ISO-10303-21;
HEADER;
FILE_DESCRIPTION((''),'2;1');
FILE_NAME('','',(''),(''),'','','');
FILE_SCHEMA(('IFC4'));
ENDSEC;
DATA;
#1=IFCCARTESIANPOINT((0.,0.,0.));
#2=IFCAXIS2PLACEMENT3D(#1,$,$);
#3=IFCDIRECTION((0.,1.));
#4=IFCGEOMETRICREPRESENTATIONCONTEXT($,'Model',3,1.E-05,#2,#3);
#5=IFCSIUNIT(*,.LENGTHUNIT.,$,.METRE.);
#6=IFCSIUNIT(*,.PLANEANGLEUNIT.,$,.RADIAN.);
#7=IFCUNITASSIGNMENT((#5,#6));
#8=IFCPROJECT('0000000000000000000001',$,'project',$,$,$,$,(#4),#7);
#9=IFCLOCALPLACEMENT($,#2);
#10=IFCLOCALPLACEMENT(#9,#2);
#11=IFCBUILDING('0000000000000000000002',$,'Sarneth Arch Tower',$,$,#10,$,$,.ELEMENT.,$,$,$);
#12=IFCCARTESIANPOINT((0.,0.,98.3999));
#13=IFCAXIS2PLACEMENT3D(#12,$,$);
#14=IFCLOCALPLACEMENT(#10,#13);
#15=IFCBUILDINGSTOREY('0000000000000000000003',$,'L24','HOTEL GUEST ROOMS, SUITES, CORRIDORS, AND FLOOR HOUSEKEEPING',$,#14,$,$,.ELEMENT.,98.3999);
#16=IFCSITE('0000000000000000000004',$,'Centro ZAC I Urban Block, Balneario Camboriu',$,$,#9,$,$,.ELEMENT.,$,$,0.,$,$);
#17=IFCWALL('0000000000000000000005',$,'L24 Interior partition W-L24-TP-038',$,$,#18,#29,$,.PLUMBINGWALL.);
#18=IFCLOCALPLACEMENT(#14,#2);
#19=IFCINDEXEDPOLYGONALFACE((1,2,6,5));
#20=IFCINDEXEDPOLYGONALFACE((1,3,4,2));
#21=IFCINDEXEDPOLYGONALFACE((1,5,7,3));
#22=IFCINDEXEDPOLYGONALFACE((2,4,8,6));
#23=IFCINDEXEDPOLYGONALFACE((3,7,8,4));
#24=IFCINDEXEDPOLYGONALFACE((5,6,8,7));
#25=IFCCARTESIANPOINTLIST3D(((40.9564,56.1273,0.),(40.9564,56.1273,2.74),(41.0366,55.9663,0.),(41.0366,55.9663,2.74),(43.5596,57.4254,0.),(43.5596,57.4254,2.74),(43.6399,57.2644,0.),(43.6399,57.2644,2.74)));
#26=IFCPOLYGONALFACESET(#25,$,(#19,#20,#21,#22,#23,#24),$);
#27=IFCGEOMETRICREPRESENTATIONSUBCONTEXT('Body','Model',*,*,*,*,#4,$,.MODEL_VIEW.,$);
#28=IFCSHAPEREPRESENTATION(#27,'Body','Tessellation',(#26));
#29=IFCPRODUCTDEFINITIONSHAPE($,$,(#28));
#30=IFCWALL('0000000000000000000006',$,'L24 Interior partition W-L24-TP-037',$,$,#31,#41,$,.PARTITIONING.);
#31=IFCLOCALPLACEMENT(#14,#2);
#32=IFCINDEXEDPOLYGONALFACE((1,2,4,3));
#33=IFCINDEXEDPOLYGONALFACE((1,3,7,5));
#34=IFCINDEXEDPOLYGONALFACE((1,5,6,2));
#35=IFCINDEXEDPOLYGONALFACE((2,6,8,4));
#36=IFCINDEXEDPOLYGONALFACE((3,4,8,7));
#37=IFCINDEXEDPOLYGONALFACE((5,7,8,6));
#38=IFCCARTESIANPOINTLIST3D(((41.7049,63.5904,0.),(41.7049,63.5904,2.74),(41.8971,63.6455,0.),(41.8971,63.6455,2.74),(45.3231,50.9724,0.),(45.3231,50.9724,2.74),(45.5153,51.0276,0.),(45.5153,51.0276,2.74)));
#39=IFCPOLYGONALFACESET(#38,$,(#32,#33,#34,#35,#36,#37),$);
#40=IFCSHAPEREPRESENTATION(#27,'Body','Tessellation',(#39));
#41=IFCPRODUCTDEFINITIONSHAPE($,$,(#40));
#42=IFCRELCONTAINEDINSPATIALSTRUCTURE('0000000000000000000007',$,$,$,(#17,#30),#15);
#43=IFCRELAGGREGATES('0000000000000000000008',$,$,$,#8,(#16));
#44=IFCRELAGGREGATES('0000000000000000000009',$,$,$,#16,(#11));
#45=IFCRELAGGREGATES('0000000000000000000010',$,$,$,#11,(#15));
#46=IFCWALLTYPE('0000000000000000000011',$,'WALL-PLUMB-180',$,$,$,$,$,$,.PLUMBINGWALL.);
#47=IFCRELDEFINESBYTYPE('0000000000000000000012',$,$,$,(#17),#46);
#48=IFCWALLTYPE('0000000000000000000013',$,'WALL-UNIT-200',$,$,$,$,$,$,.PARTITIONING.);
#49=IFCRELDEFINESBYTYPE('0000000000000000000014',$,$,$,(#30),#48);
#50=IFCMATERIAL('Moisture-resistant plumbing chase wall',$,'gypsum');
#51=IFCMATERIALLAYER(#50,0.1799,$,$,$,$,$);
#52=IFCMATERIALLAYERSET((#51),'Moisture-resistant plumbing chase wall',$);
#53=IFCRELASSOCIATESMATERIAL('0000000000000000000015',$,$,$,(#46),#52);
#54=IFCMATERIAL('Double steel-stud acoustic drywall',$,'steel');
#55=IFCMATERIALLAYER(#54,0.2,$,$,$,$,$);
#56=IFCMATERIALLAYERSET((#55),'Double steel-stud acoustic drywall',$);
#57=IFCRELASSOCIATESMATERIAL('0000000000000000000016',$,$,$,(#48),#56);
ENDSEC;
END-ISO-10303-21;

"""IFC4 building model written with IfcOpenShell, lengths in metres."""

from ifc_helpers import new_model, si_unit, direction, frame, frame_2d, origin, place, context, subcontext, project, spatial, rectangle, extrude, material, layer, layer_set, type_object, element, save


model = new_model("IFC4")

# Units and contexts
model_context = context("Model", 3, precision=1e-05, world=origin(), true_north=direction((0.0, 1.0)))
body_context = subcontext(model_context, "Body", "Model", "MODEL_VIEW")
ifc_project = project(units=[si_unit("LENGTHUNIT", "METRE"), si_unit("PLANEANGLEUNIT", "RADIAN")], contexts=[model_context])

# Site, building, storey
site_placement = place(None, origin())
site = spatial("IfcSite", under=ifc_project, at=site_placement, Name="Centro ZAC I Urban Block, Balneario Camboriu", CompositionType="ELEMENT", RefElevation=0.0)
building_placement = place(site_placement, origin())
building = spatial("IfcBuilding", under=site, at=building_placement, Name="Sarneth Arch Tower", CompositionType="ELEMENT")
storey_placement = place(building_placement, frame((0.0, 0.0, 98.3999)))
storey = spatial("IfcBuildingStorey", under=building, at=storey_placement, Name="L24", Description="HOTEL GUEST ROOMS, SUITES, CORRIDORS, AND FLOOR HOUSEKEEPING", CompositionType="ELEMENT", Elevation=98.3999)

# Shared definitions
ifc_material_1 = material(Name="Moisture-resistant plumbing chase wall", Category="gypsum")
ifc_layer_1 = layer(ifc_material_1, 0.1799)
ifc_layer_set_1 = layer_set([ifc_layer_1], Name="Moisture-resistant plumbing chase wall")
wall_type_1 = type_object("IfcWallType", Name="WALL-PLUMB-180", PredefinedType="PLUMBINGWALL", material=ifc_layer_set_1)

# Walls
wall_1_placement = place(storey_placement, frame((43.5999, 57.345, 0.0), z_axis=(0.0, 0.0, 1.0), x_axis=(-0.894913, -0.44624, 0.0)))
element("IfcWall", 1, at=wall_1_placement, inside=storey, type_object=wall_type_1, Name="L24 Interior partition W-L24-TP-038", PredefinedType="PLUMBINGWALL", context=body_context, shape_type="SweptSolid", body=[
    extrude(rectangle(XDim=2.9089, YDim=0.1799, at=frame_2d((1.4546, 0.0))), origin(), (0.0, 0.0, 1.0), 2.74),
])
ifc_material_2 = material(Name="Double steel-stud acoustic drywall", Category="steel")
ifc_layer_2 = layer(ifc_material_2, 0.2)
ifc_layer_set_2 = layer_set([ifc_layer_2], Name="Double steel-stud acoustic drywall")
wall_type_2 = type_object("IfcWallType", Name="WALL-UNIT-200", PredefinedType="PARTITIONING", material=ifc_layer_set_2)
wall_2_placement = place(storey_placement, frame((45.4192, 51.0, 0.0), z_axis=(0.0, 0.0, 1.0), x_axis=(-0.27564, 0.961261, 0.0)))
element("IfcWall", 2, at=wall_2_placement, inside=storey, type_object=wall_type_2, Name="L24 Interior partition W-L24-TP-037", PredefinedType="PARTITIONING", context=body_context, shape_type="SweptSolid", body=[
    extrude(rectangle(XDim=13.1265, YDim=0.2, at=frame_2d((6.5632, 0.0))), origin(), (0.0, 0.0, 1.0), 2.74),
])

save(model, "model.ifc")
